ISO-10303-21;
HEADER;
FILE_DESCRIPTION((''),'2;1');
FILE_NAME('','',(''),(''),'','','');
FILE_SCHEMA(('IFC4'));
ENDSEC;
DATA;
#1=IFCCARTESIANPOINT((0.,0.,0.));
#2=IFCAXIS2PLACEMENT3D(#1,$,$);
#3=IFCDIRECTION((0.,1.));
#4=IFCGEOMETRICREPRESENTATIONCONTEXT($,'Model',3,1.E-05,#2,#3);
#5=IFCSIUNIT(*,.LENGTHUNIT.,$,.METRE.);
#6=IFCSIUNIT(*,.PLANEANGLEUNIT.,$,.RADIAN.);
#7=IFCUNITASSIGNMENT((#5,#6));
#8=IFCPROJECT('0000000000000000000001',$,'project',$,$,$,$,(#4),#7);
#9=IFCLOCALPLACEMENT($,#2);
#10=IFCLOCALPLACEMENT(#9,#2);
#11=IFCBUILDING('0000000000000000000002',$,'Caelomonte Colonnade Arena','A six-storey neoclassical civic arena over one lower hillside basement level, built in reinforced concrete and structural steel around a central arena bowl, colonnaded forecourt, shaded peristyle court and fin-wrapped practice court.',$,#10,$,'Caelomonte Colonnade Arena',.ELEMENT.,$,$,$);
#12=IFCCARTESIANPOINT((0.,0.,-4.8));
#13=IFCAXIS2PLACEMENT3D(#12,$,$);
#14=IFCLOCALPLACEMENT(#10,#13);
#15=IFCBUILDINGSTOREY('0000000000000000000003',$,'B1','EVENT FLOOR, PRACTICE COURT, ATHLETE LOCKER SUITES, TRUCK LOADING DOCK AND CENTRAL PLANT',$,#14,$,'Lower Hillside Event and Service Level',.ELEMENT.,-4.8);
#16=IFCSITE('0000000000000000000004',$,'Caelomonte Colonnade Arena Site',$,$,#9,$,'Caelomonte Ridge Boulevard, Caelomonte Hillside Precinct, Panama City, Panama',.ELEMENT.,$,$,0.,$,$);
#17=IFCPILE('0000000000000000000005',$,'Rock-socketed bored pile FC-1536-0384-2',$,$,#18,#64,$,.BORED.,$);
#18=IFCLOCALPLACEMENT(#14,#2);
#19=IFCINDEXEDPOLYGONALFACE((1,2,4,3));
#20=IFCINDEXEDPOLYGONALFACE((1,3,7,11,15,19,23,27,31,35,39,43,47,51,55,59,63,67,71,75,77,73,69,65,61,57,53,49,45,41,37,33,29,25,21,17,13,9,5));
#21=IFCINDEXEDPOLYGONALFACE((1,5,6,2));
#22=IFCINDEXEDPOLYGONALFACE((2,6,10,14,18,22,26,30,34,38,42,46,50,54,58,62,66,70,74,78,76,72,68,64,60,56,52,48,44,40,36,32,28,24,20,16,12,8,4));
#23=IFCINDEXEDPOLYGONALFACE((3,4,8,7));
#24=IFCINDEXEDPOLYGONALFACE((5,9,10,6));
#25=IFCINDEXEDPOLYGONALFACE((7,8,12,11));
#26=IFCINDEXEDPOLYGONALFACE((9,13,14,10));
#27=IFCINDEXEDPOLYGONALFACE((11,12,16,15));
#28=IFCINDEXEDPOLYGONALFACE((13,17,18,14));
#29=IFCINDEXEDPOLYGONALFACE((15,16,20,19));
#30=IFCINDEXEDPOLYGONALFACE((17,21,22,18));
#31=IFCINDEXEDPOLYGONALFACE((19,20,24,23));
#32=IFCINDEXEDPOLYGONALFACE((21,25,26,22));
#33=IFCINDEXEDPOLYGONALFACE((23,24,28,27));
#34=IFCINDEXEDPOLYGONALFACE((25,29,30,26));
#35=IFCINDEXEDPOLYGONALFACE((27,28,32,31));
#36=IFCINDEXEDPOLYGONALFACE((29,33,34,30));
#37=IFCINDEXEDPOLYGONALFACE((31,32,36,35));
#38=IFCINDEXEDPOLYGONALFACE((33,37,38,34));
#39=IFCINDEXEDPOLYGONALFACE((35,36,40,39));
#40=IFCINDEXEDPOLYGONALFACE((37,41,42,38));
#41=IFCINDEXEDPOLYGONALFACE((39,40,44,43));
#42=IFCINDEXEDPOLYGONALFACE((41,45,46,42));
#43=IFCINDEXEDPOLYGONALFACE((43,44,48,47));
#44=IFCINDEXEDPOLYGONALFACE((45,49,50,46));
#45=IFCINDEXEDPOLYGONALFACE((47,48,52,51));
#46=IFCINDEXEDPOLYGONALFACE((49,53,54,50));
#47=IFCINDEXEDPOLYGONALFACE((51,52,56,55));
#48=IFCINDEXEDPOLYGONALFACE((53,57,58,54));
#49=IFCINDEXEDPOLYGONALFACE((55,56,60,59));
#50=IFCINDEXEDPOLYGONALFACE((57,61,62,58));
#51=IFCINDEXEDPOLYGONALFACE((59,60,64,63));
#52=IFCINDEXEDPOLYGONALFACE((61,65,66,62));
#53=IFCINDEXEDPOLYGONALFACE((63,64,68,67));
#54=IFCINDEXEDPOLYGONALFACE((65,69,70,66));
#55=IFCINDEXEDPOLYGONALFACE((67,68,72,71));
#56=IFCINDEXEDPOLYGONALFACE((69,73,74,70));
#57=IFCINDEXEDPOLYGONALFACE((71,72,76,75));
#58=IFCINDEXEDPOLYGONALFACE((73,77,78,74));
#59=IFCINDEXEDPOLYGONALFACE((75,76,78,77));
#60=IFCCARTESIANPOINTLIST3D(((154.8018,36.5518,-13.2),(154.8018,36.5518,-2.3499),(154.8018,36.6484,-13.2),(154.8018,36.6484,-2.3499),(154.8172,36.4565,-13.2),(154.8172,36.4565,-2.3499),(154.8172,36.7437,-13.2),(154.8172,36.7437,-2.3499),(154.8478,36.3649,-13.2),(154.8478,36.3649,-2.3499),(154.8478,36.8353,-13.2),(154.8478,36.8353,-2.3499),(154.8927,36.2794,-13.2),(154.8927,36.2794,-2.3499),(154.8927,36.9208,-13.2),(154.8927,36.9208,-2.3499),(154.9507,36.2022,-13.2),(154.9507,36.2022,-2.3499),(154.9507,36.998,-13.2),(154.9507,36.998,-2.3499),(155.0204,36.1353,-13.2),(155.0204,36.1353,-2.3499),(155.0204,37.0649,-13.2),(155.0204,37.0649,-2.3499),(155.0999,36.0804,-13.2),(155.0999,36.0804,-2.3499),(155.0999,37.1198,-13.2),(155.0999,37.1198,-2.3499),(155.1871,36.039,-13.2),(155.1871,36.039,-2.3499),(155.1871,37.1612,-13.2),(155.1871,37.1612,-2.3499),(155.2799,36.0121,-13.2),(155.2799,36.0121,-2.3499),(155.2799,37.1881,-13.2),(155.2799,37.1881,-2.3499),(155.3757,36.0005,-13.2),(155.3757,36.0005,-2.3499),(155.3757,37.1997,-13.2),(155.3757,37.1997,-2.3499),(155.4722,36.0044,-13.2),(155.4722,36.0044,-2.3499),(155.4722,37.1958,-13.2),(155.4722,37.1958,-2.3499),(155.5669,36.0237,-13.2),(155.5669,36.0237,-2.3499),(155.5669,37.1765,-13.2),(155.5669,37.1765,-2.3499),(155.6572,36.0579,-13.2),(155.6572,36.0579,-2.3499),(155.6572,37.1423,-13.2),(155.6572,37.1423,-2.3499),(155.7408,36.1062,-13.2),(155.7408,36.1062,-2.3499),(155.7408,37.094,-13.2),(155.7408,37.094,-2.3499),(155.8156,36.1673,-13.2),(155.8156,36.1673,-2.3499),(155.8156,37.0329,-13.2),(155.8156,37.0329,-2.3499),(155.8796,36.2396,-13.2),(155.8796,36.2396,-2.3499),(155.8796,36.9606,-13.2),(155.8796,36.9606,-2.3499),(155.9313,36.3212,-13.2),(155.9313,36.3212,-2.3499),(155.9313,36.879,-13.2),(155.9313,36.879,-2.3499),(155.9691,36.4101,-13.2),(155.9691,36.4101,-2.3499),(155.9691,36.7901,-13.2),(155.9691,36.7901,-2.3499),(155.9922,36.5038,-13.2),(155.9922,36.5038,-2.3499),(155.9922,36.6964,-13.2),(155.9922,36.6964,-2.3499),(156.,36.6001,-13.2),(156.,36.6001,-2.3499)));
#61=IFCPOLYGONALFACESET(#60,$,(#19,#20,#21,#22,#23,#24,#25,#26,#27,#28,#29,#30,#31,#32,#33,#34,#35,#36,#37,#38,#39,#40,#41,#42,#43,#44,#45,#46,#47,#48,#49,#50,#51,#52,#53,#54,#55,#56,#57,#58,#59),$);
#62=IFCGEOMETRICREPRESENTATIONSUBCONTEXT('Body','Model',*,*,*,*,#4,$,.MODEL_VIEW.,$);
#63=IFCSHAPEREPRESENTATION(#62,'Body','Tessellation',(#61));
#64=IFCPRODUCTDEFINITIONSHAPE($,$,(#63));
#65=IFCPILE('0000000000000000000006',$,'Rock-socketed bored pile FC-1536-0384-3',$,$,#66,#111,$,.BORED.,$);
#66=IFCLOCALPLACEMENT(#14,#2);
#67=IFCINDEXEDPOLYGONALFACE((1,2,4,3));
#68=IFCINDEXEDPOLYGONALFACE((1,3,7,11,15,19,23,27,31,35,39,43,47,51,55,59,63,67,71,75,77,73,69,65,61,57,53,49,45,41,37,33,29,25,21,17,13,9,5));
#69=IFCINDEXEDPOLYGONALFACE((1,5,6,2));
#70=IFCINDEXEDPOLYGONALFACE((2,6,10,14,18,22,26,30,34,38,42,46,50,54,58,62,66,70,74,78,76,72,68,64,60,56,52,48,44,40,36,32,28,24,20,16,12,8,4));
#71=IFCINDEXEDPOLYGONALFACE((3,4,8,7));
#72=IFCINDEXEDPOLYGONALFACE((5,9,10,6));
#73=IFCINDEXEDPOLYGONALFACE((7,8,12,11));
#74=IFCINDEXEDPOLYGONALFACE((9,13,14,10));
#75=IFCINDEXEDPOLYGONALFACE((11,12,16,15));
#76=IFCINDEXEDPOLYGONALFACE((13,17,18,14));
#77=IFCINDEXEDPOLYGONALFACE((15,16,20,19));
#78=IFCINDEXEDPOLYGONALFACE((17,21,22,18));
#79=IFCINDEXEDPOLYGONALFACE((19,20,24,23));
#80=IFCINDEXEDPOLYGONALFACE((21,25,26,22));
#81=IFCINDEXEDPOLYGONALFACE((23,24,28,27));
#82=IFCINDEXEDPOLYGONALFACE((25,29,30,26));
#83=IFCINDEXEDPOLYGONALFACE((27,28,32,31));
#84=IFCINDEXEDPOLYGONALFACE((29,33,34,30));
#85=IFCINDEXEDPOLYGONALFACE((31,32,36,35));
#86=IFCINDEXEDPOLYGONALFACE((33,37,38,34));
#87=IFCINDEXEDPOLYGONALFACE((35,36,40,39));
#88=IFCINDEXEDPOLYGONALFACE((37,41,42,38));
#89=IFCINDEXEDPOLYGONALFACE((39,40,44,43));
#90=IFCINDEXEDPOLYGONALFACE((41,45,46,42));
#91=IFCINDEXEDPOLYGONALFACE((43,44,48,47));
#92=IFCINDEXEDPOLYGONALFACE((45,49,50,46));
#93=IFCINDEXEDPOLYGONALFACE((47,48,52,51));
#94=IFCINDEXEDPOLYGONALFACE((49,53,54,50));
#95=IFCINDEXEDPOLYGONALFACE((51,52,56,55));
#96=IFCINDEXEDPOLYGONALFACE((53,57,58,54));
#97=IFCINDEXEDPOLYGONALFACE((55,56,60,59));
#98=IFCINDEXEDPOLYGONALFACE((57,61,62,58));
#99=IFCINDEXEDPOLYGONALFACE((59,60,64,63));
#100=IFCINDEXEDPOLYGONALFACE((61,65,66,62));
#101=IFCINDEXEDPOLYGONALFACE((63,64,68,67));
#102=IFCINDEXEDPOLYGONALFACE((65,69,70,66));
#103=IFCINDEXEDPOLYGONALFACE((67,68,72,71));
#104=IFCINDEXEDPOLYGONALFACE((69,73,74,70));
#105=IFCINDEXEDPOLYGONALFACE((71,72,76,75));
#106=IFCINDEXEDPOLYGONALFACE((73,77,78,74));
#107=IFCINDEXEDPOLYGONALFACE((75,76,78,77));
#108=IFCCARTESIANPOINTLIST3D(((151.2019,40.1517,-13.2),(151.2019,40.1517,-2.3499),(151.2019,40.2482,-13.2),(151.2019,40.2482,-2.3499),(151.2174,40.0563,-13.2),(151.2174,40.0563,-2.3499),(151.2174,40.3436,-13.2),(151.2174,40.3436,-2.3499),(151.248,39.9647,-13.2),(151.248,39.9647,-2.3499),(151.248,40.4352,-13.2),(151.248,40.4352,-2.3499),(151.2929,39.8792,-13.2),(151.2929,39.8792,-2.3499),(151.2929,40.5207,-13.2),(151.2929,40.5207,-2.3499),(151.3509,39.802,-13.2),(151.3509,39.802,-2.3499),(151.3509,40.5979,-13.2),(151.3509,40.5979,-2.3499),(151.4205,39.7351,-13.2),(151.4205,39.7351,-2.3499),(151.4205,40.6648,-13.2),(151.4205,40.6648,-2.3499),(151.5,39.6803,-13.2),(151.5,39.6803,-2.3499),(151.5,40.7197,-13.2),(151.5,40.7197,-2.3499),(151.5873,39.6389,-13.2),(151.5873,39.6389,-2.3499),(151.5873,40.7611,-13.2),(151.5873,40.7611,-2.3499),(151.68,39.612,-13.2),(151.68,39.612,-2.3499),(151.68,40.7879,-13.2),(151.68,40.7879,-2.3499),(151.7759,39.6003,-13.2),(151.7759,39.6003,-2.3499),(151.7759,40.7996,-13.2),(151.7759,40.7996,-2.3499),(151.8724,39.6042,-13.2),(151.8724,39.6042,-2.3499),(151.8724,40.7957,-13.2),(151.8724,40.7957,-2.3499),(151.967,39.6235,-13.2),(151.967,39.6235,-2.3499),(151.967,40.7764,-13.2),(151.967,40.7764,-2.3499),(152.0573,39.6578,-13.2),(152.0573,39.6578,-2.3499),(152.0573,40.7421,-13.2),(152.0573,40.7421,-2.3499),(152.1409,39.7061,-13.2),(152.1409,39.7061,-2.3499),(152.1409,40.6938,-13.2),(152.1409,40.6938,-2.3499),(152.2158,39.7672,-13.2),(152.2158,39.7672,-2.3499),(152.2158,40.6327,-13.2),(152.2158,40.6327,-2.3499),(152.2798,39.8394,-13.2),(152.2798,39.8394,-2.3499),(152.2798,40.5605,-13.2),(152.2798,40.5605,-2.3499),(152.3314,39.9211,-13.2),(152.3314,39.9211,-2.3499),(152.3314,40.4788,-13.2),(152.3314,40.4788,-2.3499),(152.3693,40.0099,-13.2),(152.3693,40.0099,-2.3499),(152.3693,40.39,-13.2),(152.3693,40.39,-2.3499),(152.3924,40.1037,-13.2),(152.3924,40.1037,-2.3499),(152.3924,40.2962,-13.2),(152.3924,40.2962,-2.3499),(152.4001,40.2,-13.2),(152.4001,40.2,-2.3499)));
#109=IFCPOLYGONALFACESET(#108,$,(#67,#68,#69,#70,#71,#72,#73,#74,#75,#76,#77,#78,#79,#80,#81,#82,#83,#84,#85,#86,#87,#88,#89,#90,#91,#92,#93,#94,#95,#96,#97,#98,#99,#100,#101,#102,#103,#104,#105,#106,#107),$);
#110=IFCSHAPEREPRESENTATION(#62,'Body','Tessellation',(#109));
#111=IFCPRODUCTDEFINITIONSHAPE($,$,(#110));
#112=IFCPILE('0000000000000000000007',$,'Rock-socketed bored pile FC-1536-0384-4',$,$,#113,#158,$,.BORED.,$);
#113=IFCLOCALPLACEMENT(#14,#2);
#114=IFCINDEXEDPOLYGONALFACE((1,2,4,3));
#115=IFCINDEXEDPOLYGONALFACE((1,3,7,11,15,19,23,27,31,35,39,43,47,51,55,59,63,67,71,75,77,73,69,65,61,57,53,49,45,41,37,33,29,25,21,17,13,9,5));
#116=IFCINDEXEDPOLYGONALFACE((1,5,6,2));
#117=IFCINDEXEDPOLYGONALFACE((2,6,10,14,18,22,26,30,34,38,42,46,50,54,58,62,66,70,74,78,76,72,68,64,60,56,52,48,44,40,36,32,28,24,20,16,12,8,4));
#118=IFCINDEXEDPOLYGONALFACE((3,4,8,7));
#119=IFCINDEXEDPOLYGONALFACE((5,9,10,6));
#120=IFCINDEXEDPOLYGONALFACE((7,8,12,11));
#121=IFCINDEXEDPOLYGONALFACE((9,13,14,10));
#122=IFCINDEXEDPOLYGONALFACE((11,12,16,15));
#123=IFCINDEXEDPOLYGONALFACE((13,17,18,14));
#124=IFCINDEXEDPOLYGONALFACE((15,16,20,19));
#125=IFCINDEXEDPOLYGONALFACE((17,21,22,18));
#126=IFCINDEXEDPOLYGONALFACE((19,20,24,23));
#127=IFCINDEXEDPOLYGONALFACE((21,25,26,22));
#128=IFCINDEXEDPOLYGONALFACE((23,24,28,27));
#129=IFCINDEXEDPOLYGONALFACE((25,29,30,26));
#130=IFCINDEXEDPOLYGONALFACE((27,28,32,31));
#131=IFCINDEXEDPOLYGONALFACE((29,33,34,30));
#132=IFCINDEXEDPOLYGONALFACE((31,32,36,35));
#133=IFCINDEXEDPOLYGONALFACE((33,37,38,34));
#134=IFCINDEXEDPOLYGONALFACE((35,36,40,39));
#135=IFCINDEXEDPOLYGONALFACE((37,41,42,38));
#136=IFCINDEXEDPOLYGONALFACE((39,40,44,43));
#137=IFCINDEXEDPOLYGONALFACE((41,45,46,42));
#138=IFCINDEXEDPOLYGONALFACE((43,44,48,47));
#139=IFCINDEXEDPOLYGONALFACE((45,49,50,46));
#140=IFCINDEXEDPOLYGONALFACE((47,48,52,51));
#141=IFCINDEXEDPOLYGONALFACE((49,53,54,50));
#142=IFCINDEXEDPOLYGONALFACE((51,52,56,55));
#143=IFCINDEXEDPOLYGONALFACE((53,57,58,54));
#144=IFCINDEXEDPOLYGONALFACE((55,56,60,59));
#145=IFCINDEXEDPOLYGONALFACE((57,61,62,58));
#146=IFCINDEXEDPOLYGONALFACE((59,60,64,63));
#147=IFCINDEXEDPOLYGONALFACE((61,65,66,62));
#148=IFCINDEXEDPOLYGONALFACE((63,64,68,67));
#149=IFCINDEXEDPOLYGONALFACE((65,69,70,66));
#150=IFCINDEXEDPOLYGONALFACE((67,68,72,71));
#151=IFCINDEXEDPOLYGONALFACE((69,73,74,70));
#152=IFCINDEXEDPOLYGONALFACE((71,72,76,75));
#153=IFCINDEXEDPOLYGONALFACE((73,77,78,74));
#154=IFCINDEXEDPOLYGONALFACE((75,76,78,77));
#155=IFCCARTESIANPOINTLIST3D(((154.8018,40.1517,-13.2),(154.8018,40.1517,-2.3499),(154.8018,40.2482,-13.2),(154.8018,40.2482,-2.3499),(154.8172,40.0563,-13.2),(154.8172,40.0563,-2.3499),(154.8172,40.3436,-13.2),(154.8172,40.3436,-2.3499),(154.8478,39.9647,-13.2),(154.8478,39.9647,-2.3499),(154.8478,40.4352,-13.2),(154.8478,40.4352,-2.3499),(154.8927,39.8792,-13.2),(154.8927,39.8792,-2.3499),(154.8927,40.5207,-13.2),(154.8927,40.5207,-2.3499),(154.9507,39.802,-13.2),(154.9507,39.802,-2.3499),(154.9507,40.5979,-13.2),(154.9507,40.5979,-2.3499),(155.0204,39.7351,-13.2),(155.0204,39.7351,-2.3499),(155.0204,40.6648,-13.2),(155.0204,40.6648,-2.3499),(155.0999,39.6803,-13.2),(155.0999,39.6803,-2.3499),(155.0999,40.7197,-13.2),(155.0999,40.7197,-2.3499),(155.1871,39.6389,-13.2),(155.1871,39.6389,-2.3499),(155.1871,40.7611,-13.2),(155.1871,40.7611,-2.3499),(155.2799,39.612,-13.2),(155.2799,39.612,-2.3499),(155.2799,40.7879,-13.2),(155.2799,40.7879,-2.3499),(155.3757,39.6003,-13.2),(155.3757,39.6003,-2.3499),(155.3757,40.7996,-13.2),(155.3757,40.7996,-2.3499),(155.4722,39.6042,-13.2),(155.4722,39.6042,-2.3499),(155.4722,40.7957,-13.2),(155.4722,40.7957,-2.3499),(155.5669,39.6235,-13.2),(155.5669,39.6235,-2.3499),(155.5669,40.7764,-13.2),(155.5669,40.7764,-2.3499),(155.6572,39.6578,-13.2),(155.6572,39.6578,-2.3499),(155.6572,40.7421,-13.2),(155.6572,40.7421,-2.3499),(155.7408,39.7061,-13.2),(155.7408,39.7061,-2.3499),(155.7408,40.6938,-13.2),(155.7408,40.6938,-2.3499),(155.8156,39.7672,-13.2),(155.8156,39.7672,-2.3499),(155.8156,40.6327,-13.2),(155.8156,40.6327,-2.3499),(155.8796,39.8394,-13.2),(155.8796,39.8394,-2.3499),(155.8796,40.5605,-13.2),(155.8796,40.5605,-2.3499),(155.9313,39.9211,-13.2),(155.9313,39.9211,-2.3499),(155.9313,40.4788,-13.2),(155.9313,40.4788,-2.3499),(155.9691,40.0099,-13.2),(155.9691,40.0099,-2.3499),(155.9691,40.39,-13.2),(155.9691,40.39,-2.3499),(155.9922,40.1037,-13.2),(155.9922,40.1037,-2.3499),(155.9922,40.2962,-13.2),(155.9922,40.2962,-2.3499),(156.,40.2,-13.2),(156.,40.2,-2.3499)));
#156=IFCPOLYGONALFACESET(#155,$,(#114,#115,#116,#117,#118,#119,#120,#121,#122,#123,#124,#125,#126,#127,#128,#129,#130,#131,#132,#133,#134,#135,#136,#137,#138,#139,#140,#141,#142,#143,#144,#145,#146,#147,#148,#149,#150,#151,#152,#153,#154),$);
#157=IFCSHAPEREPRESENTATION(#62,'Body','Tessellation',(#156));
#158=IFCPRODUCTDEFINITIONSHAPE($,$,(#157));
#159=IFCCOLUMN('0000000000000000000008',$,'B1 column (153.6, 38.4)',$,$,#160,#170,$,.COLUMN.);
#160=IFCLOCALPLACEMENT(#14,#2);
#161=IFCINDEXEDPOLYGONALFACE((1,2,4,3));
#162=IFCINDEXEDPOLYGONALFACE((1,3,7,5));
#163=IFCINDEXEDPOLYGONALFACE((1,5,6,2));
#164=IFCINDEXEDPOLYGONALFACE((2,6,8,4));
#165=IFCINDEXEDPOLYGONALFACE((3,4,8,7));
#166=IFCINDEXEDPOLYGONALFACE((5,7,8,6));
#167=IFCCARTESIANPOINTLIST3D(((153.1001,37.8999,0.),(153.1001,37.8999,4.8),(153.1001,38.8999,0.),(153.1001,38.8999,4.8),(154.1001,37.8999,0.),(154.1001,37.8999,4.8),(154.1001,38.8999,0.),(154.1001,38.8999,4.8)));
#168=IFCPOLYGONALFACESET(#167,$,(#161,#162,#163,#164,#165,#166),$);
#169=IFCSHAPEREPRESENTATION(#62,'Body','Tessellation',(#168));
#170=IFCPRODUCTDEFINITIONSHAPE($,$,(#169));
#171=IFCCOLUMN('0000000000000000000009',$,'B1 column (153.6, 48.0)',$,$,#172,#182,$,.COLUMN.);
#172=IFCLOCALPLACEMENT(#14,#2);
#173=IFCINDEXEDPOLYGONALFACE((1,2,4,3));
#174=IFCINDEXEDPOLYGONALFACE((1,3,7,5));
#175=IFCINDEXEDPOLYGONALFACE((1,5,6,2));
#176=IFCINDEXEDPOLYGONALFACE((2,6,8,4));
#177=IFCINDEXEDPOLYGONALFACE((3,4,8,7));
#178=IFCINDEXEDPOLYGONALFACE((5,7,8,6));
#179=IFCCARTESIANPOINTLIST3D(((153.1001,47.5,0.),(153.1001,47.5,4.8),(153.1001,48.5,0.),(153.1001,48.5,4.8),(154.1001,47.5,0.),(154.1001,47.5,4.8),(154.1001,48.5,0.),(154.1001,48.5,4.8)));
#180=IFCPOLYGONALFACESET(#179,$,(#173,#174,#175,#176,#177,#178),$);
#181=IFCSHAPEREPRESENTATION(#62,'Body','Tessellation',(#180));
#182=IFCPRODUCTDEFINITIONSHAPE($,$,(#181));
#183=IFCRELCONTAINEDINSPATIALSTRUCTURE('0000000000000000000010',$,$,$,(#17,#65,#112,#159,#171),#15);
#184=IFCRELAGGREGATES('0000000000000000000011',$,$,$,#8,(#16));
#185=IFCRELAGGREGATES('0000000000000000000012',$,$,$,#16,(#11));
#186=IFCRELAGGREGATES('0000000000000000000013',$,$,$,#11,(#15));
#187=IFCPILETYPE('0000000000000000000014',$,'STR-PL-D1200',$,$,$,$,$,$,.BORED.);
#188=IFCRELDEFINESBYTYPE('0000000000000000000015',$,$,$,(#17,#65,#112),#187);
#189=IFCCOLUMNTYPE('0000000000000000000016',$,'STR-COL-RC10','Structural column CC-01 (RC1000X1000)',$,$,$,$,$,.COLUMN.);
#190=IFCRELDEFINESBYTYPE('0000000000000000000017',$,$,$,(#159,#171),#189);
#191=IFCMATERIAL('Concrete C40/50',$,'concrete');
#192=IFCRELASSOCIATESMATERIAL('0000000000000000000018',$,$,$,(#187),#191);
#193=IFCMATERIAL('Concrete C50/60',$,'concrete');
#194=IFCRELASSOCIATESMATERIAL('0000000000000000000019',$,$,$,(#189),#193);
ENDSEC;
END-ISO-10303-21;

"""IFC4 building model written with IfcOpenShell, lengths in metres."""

from ifc_helpers import new_model, si_unit, direction, frame, origin, origin_2d, place, context, subcontext, project, spatial, rectangle, circle, extrude, material, material_profile, profile_set, type_object, element, save


model = new_model("IFC4")

# Units and contexts
model_context = context("Model", 3, precision=1e-05, world=origin(), true_north=direction((0.0, 1.0)))
body_context = subcontext(model_context, "Body", "Model", "MODEL_VIEW")
ifc_project = project(units=[si_unit("LENGTHUNIT", "METRE"), si_unit("PLANEANGLEUNIT", "RADIAN")], contexts=[model_context])

# Site, building, storey
site_placement = place(None, origin())
site = spatial("IfcSite", under=ifc_project, at=site_placement, Name="Caelomonte Colonnade Arena Site", LongName="Caelomonte Ridge Boulevard, Caelomonte Hillside Precinct, Panama City, Panama", CompositionType="ELEMENT", RefElevation=0.0)
building_placement = place(site_placement, origin())
building = spatial("IfcBuilding", under=site, at=building_placement, Name="Caelomonte Colonnade Arena", Description="A six-storey neoclassical civic arena over one lower hillside basement level, built in reinforced concrete and structural steel around a central arena bowl, colonnaded forecourt, shaded peristyle court and fin-wrapped practice court.", LongName="Caelomonte Colonnade Arena", CompositionType="ELEMENT")
storey_placement = place(building_placement, frame((0.0, 0.0, -4.8)))
storey = spatial("IfcBuildingStorey", under=building, at=storey_placement, Name="B1", Description="EVENT FLOOR, PRACTICE COURT, ATHLETE LOCKER SUITES, TRUCK LOADING DOCK AND CENTRAL PLANT", LongName="Lower Hillside Event and Service Level", CompositionType="ELEMENT", Elevation=-4.8)

# Shared definitions
ifc_material_1 = material(Name="Concrete C40/50", Category="concrete")

# Piles
ifc_material_profile_1 = material_profile(ifc_material_1, circle(Radius=0.6001, at=origin_2d()), Name="PILE-D1200")
ifc_profile_set_1 = profile_set([ifc_material_profile_1], Name="Concrete C40/50")
pile_type = type_object("IfcPileType", Name="STR-PL-D1200", PredefinedType="BORED", material=ifc_profile_set_1)
for number, where, z_axis, x_axis, name in (
    (1, (155.3999, 36.6001, -2.3499), (0.0, 0.0, -1.0), (1.0, 0.0, 0.0), "Rock-socketed bored pile FC-1536-0384-2"),
    (2, (151.8, 40.2, -2.3499), (0.0, 0.0, -1.0), (1.0, 0.0, 0.0), "Rock-socketed bored pile FC-1536-0384-3"),
    (3, (155.3999, 40.2, -2.3499), (0.0, 0.0, -1.0), (1.0, 0.0, 0.0), "Rock-socketed bored pile FC-1536-0384-4"),
):
    element("IfcPile", number, at=place(storey_placement, frame(where, z_axis=z_axis, x_axis=x_axis)), inside=storey, type_object=pile_type, Name=name, PredefinedType="BORED", context=body_context, shape_type="SweptSolid", body=[
        extrude(circle(Radius=0.6001, at=origin_2d()), origin(), (0.0, 0.0, 1.0), 10.8501),
    ])

# Columns
ifc_material_2 = material(Name="Concrete C50/60", Category="concrete")
ifc_material_profile_2 = material_profile(ifc_material_2, rectangle(XDim=1.0, YDim=1.0, at=origin_2d()), Name="RC1000X1000")
ifc_profile_set_2 = profile_set([ifc_material_profile_2], Name="Concrete C50/60")
column_type_1 = type_object("IfcColumnType", Name="STR-COL-RC10", Description="Structural column CC-01 (RC1000X1000)", PredefinedType="COLUMN", material=ifc_profile_set_2)
for number, where, z_axis, x_axis, name in (
    (4, (153.6001, 38.3999, 0.0), (0.0, 0.0, 1.0), (1.0, 0.0, 0.0), "B1 column (153.6, 38.4)"),
    (5, (153.6001, 48.0, 0.0), (0.0, 0.0, 1.0), (1.0, 0.0, 0.0), "B1 column (153.6, 48.0)"),
):
    element("IfcColumn", number, at=place(storey_placement, frame(where, z_axis=z_axis, x_axis=x_axis)), inside=storey, type_object=column_type_1, Name=name, PredefinedType="COLUMN", context=body_context, shape_type="SweptSolid", body=[
        extrude(rectangle(XDim=1.0, YDim=1.0, at=origin_2d()), origin(), (0.0, 0.0, 1.0), 4.8),
    ])

save(model, "model.ifc")
